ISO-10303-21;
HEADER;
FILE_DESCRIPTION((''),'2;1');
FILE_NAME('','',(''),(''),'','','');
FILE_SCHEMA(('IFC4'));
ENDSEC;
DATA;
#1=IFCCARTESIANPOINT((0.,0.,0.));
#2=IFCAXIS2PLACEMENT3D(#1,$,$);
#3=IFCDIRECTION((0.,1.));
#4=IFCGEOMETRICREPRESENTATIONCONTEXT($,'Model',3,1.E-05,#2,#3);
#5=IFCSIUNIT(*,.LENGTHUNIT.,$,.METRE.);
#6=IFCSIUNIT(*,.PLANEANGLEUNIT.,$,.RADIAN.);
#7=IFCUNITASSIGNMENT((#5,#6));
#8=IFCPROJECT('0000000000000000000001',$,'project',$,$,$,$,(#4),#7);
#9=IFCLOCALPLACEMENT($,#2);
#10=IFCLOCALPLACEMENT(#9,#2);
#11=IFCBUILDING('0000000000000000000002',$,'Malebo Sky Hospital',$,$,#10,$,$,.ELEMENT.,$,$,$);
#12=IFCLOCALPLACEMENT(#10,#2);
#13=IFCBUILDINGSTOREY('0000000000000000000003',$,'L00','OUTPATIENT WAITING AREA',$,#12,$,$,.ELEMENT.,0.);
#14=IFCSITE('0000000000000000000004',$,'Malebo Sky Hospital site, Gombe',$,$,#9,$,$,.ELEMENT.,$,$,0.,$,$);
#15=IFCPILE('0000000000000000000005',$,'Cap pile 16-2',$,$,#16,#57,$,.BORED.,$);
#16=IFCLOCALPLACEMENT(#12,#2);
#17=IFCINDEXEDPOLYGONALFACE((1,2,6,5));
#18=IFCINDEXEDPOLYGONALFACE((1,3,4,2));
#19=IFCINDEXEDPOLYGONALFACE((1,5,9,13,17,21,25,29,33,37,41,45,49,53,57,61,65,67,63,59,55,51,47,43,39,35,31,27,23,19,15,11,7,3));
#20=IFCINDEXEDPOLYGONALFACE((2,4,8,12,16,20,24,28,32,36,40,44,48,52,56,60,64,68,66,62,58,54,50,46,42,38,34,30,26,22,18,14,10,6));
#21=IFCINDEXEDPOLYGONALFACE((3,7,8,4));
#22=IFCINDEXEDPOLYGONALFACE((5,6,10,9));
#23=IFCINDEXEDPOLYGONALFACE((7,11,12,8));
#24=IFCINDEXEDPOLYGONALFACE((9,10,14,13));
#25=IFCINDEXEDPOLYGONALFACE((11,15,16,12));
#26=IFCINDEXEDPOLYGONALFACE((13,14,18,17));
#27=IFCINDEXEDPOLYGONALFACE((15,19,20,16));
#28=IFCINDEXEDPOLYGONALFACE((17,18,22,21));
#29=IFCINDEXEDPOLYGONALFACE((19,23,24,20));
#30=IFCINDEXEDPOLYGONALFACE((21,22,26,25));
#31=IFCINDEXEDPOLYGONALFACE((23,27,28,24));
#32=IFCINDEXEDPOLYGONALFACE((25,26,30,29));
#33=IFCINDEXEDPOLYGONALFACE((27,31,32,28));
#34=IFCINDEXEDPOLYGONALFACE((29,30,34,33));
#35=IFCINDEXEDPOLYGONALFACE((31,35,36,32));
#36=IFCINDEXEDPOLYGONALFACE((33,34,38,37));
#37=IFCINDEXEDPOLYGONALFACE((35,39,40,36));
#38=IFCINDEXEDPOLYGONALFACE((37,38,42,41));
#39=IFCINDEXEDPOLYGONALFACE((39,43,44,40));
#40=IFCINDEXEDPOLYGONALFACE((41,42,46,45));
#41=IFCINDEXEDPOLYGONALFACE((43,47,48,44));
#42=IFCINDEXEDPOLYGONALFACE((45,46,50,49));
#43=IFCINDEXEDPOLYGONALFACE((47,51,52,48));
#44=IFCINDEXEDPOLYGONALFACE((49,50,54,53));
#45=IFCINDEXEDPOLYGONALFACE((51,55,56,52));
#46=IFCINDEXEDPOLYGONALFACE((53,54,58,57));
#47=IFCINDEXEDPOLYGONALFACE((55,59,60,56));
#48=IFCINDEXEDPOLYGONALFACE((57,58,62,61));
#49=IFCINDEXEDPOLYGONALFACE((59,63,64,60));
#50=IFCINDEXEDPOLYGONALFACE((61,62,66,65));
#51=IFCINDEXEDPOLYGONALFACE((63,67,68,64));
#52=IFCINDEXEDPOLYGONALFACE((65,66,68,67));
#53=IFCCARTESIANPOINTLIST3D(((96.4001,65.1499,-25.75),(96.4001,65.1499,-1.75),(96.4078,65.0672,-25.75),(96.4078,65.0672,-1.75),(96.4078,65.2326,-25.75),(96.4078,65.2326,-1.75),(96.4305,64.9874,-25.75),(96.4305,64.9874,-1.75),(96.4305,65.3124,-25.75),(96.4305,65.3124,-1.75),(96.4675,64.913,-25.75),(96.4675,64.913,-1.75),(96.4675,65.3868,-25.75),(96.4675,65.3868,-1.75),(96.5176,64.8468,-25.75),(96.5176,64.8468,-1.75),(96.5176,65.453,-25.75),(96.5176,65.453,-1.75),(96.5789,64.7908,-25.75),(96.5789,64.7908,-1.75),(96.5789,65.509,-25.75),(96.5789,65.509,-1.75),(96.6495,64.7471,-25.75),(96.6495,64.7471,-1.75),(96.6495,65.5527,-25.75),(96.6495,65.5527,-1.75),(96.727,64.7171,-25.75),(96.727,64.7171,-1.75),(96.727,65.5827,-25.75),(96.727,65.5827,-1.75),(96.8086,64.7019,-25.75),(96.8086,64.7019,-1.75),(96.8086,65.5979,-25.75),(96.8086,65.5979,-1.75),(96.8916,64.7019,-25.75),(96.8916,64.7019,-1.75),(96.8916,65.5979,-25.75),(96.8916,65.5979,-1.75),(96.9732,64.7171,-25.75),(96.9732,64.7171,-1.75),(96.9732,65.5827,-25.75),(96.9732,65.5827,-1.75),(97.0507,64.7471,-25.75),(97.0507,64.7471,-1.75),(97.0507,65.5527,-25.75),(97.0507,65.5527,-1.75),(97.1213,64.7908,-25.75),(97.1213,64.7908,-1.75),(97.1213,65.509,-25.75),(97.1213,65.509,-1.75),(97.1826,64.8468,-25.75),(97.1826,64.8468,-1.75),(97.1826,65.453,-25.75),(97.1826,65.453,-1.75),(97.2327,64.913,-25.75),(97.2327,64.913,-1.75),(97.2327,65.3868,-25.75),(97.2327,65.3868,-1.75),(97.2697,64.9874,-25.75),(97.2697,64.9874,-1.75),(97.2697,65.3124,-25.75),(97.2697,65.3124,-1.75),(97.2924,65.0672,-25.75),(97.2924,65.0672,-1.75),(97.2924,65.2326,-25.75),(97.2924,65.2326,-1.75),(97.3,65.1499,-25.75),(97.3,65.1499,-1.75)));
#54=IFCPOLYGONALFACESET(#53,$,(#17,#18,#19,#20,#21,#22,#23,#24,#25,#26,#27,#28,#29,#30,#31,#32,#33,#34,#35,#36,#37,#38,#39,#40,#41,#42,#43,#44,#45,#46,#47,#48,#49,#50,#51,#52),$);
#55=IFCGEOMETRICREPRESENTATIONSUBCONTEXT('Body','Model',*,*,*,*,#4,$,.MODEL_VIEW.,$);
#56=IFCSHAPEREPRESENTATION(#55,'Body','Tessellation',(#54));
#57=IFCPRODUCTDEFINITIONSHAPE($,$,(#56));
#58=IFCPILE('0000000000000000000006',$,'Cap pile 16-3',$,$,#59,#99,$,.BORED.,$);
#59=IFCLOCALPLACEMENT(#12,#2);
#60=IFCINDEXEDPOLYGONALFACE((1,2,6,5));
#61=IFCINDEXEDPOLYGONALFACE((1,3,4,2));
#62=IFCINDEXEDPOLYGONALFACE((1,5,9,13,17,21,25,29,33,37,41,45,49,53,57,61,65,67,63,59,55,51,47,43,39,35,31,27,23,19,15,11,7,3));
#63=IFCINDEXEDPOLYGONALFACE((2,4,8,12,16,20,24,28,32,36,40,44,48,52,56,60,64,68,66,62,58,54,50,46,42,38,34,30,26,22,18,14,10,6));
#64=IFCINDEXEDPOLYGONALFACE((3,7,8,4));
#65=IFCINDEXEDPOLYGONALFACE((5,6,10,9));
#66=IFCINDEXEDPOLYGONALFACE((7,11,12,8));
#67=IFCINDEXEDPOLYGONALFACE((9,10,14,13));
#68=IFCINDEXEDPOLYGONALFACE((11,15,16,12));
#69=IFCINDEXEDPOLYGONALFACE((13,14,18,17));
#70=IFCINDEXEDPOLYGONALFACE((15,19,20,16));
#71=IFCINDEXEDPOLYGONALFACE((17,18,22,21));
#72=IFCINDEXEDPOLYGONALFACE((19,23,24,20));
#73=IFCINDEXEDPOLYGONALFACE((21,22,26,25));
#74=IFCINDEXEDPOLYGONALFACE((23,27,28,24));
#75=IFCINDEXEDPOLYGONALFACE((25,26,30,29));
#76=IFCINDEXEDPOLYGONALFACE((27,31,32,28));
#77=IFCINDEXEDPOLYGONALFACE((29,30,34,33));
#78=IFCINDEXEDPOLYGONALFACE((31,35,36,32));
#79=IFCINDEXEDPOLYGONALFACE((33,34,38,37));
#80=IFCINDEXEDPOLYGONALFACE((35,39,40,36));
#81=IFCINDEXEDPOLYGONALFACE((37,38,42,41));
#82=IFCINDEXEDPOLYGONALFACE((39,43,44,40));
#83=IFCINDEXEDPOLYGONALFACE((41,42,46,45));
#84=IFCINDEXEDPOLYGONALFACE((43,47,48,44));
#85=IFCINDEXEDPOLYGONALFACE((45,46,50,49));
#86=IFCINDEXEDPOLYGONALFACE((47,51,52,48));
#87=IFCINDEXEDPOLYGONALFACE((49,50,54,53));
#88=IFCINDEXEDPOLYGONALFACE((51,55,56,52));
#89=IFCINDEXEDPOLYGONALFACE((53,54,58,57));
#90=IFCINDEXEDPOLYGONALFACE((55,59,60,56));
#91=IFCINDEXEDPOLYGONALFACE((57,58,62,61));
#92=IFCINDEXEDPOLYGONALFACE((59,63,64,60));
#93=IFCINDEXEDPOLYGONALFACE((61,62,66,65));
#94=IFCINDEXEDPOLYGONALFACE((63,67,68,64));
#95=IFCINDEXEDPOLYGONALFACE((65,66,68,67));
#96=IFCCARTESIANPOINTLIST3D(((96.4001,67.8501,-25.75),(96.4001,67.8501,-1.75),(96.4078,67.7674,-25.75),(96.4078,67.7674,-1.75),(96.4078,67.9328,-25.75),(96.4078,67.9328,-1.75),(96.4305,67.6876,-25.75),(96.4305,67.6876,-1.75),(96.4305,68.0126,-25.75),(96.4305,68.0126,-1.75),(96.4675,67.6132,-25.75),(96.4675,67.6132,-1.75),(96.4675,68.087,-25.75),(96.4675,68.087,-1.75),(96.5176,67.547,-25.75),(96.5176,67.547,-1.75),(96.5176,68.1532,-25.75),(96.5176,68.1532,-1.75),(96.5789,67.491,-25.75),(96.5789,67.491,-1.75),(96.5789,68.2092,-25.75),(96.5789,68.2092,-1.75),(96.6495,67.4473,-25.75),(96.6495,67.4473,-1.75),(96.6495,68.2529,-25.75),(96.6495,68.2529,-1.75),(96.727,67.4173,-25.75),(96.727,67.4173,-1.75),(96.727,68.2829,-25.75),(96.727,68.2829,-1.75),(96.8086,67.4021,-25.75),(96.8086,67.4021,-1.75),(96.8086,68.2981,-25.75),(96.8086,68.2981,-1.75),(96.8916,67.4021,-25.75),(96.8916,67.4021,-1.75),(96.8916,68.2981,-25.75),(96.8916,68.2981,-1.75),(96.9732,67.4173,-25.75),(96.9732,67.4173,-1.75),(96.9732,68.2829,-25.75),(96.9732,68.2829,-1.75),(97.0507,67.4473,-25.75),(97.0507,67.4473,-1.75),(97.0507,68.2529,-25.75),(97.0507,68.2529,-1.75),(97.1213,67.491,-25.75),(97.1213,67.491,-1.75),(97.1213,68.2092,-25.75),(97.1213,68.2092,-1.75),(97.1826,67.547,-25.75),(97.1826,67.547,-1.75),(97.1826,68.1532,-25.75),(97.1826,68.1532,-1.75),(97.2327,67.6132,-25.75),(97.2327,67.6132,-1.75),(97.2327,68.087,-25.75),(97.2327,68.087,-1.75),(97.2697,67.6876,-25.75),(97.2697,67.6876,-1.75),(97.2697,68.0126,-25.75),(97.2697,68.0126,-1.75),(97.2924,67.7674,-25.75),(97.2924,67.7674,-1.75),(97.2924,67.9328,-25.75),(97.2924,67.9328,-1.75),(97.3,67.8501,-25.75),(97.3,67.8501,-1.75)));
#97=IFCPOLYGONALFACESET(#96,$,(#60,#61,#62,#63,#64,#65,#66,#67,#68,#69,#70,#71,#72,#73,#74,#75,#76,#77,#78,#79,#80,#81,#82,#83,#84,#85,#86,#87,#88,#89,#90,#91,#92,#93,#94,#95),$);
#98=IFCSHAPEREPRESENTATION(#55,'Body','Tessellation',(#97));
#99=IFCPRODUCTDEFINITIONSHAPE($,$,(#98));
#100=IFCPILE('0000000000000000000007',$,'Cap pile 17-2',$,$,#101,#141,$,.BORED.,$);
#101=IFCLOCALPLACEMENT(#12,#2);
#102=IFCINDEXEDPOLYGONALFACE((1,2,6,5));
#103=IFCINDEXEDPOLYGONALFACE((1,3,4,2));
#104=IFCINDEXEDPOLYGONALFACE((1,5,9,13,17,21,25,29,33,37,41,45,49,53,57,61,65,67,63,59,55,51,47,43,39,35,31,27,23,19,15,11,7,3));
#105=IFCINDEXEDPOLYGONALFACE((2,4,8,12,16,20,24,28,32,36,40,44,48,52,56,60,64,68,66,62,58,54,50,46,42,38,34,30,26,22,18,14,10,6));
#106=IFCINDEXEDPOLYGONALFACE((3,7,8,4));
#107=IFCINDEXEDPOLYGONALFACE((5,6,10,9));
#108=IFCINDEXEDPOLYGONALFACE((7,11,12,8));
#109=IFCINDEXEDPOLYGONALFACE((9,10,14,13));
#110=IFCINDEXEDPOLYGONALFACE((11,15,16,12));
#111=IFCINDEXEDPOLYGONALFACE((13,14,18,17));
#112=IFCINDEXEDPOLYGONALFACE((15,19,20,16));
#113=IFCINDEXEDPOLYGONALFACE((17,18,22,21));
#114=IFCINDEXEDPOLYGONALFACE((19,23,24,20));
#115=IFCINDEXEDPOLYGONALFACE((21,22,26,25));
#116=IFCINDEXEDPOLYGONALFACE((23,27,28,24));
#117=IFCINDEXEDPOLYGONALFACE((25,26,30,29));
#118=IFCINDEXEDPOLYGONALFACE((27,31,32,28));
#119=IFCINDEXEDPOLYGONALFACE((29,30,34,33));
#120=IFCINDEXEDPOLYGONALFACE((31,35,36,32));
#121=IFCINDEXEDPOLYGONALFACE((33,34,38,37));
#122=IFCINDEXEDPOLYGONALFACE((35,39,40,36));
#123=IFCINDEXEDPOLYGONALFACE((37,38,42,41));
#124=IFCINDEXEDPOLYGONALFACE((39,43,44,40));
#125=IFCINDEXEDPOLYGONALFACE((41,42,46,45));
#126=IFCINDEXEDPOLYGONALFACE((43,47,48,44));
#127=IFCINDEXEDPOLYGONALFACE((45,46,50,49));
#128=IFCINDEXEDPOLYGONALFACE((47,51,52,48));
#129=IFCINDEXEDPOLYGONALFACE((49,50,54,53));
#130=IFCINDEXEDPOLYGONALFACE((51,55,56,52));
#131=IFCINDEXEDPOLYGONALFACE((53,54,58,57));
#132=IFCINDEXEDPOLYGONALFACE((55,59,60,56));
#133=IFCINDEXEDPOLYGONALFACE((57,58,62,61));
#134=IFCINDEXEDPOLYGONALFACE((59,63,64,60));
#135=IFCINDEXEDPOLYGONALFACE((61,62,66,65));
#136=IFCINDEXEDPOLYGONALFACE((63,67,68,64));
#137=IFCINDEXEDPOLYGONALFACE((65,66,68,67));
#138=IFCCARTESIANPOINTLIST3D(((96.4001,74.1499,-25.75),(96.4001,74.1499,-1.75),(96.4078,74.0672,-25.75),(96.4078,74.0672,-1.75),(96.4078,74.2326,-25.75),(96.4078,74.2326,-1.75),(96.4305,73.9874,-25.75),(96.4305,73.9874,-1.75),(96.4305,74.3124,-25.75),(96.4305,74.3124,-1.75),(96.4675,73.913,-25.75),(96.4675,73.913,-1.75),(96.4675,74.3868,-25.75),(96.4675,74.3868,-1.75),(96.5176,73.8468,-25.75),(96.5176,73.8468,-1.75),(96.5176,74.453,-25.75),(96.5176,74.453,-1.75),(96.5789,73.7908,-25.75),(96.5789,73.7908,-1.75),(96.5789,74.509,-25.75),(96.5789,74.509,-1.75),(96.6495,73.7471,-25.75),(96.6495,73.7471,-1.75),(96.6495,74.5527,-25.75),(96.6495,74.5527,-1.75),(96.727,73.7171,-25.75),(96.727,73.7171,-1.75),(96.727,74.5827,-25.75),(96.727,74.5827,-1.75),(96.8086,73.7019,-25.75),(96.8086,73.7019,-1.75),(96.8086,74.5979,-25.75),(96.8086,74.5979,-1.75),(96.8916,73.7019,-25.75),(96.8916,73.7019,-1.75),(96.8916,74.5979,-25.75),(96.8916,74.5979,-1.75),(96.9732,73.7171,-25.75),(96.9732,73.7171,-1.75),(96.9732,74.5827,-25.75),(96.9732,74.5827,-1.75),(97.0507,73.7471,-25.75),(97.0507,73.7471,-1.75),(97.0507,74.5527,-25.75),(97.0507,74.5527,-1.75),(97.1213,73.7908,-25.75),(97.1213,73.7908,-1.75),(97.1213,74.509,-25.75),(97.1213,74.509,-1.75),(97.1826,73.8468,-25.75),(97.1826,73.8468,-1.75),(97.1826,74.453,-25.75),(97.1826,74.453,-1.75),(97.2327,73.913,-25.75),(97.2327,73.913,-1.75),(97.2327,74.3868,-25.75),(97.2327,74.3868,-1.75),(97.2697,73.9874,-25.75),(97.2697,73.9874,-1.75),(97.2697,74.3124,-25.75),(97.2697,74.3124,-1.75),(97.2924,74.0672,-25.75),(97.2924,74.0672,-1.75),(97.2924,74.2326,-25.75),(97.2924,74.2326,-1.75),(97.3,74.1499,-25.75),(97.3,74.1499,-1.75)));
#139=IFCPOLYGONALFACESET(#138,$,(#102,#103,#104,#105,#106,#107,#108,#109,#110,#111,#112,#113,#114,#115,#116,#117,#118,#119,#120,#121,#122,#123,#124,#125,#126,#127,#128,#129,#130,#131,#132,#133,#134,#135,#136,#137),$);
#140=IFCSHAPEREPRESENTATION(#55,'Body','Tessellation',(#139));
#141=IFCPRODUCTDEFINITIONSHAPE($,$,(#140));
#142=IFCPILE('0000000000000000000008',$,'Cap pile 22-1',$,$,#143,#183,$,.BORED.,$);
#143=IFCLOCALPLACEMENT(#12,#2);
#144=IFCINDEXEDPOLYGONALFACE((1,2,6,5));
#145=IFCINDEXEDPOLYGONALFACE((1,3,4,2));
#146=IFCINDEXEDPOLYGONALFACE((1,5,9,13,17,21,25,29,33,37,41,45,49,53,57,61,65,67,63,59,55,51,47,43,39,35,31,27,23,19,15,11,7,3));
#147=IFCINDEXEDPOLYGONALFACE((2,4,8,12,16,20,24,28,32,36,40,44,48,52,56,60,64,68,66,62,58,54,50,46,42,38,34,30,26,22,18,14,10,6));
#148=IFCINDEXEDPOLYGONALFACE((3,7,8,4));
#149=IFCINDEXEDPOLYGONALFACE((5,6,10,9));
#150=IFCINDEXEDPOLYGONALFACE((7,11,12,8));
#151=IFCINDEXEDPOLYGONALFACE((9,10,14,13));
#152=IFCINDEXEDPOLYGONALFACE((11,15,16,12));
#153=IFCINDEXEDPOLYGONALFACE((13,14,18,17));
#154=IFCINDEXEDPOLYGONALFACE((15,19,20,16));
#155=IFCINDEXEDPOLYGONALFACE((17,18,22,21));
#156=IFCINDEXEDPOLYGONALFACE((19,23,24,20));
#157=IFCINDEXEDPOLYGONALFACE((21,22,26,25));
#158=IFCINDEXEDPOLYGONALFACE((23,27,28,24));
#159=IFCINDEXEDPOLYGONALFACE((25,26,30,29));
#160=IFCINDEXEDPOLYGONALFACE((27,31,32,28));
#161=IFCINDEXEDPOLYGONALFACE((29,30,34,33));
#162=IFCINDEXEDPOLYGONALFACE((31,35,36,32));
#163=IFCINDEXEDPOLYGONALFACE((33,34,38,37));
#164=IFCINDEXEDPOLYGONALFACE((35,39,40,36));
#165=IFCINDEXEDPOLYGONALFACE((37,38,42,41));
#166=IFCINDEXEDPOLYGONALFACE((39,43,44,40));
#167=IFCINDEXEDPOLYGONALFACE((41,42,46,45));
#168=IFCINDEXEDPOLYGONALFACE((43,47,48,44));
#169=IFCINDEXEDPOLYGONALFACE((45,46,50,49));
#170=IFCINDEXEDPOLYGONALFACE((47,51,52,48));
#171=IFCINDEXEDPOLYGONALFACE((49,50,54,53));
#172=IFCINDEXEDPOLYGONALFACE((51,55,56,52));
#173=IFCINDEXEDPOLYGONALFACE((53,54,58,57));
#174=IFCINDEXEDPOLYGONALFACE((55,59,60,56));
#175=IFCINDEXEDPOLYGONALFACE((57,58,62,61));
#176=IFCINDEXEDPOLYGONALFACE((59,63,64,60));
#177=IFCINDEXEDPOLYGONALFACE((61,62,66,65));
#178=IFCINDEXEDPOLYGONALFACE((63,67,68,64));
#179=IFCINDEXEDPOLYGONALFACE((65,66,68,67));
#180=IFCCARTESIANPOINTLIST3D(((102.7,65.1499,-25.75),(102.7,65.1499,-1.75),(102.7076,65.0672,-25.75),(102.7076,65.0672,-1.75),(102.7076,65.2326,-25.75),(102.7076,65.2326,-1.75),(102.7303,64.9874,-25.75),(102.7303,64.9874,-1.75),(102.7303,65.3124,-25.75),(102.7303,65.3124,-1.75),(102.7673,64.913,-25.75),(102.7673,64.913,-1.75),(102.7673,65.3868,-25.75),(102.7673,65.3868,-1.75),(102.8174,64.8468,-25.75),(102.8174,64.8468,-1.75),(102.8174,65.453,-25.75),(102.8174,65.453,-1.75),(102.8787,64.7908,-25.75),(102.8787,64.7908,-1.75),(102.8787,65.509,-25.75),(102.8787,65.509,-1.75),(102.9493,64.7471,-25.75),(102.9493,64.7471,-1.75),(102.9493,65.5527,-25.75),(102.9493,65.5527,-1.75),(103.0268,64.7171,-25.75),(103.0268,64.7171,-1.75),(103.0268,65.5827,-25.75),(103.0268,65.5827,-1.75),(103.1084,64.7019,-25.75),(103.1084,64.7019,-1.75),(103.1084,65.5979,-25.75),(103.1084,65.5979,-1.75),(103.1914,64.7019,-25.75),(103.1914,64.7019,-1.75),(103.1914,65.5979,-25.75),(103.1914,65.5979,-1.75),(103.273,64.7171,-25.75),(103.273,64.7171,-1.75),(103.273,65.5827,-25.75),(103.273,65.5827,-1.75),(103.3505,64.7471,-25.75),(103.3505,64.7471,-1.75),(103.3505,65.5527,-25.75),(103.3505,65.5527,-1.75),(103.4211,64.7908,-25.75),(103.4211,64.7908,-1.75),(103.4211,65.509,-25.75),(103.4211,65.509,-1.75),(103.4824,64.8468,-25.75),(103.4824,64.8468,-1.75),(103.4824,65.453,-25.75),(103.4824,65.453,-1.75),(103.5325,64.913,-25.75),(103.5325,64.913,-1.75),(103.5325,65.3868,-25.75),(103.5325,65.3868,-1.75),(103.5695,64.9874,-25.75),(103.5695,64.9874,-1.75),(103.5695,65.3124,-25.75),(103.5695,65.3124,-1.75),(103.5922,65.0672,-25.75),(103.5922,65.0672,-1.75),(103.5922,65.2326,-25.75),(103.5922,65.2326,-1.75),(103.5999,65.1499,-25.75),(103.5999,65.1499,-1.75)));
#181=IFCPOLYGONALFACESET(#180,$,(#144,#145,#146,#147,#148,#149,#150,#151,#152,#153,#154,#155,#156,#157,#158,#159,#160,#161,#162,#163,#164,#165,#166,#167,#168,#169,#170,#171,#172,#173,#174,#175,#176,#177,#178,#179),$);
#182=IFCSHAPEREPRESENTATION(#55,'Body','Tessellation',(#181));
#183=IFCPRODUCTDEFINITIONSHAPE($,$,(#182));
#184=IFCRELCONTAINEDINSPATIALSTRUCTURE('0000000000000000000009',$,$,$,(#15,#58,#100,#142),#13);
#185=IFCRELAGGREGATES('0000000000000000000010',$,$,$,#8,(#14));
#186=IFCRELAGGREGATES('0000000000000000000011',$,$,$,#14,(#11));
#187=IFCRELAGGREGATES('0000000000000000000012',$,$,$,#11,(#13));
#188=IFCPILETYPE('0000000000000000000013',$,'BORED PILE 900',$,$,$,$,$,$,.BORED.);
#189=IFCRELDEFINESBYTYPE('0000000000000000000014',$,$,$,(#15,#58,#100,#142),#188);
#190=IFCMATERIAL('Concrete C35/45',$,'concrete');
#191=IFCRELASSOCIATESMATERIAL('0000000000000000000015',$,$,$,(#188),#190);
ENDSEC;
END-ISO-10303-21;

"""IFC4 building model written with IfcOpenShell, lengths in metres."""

from ifc_helpers import new_model, si_unit, direction, frame, origin, origin_2d, place, context, subcontext, project, spatial, circle, extrude, material, material_profile, profile_set, type_object, element, save


model = new_model("IFC4")

# Units and contexts
model_context = context("Model", 3, precision=1e-05, world=origin(), true_north=direction((0.0, 1.0)))
body_context = subcontext(model_context, "Body", "Model", "MODEL_VIEW")
ifc_project = project(units=[si_unit("LENGTHUNIT", "METRE"), si_unit("PLANEANGLEUNIT", "RADIAN")], contexts=[model_context])

# Site, building, storey
site_placement = place(None, origin())
site = spatial("IfcSite", under=ifc_project, at=site_placement, Name="Malebo Sky Hospital site, Gombe", CompositionType="ELEMENT", RefElevation=0.0)
building_placement = place(site_placement, origin())
building = spatial("IfcBuilding", under=site, at=building_placement, Name="Malebo Sky Hospital", CompositionType="ELEMENT")
storey_placement = place(building_placement, origin())
storey = spatial("IfcBuildingStorey", under=building, at=storey_placement, Name="L00", Description="OUTPATIENT WAITING AREA", CompositionType="ELEMENT", Elevation=0.0)

# Piles
ifc_material_1 = material(Name="Concrete C35/45", Category="concrete")
ifc_material_profile_1 = material_profile(ifc_material_1, circle(Radius=0.45, at=origin_2d()), Name="BP 900")
ifc_profile_set_1 = profile_set([ifc_material_profile_1], Name="Concrete C35/45")
pile_type = type_object("IfcPileType", Name="BORED PILE 900", PredefinedType="BORED", material=ifc_profile_set_1)
for number, where, z_axis, x_axis, name in (
    (1, (96.8501, 65.1499, -1.75), (0.0, 0.0, -1.0), (1.0, 0.0, 0.0), "Cap pile 16-2"),
    (2, (96.8501, 67.8501, -1.75), (0.0, 0.0, -1.0), (1.0, 0.0, 0.0), "Cap pile 16-3"),
    (3, (96.8501, 74.1499, -1.75), (0.0, 0.0, -1.0), (1.0, 0.0, 0.0), "Cap pile 17-2"),
    (4, (103.1499, 65.1499, -1.75), (0.0, 0.0, -1.0), (1.0, 0.0, 0.0), "Cap pile 22-1"),
):
    element("IfcPile", number, at=place(storey_placement, frame(where, z_axis=z_axis, x_axis=x_axis)), inside=storey, type_object=pile_type, Name=name, PredefinedType="BORED", context=body_context, shape_type="SweptSolid", body=[
        extrude(circle(Radius=0.45, at=origin_2d()), origin(), (0.0, 0.0, 1.0), 24.0),
    ])

save(model, "model.ifc")
